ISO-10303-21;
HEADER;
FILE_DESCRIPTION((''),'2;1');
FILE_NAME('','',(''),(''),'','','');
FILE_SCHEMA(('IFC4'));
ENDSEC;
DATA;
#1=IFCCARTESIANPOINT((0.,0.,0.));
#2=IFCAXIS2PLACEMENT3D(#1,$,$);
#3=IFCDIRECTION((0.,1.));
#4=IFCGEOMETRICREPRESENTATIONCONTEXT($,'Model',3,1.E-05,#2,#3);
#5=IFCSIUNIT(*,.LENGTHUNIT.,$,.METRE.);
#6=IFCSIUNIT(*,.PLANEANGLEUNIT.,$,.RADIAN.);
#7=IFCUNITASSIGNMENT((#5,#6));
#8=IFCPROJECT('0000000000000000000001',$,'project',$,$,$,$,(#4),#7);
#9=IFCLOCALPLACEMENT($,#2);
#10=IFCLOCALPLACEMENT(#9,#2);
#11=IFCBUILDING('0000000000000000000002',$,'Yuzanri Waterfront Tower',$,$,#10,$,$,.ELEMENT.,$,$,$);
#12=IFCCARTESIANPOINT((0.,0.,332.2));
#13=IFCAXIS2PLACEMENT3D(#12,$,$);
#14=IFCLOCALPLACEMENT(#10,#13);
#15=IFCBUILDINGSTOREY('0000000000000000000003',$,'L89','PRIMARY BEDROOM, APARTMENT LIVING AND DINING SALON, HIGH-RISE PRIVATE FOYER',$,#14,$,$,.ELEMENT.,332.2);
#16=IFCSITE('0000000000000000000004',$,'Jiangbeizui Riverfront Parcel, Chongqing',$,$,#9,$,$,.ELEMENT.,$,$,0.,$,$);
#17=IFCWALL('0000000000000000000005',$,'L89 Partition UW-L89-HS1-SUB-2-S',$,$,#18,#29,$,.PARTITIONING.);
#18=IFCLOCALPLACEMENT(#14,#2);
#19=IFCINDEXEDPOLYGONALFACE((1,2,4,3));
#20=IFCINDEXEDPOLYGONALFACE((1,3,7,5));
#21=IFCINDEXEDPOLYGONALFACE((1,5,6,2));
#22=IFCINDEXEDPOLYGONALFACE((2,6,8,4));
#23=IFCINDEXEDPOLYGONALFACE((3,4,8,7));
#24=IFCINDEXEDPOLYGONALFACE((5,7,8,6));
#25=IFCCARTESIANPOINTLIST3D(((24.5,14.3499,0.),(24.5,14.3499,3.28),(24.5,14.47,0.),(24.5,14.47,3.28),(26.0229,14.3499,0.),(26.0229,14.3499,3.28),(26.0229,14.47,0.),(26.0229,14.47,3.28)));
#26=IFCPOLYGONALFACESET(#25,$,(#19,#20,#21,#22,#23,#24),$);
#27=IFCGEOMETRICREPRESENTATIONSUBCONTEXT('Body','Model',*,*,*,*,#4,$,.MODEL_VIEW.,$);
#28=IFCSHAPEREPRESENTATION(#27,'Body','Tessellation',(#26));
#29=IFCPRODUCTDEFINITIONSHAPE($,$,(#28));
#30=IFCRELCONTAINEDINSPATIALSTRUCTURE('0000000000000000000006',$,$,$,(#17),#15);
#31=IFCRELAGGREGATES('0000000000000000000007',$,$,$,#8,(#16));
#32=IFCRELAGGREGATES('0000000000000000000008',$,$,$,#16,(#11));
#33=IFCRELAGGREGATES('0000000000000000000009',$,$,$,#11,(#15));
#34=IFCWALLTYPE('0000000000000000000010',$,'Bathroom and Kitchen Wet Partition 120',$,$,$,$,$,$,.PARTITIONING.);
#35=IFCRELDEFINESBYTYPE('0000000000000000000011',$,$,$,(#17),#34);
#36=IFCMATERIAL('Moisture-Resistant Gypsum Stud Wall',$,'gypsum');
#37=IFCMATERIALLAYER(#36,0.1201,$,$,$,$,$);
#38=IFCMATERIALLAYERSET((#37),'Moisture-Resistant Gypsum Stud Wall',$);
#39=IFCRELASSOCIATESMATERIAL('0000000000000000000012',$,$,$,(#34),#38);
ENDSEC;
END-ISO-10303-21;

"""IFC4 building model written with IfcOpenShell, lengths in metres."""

from ifc_helpers import new_model, si_unit, direction, frame, frame_2d, origin, place, context, subcontext, project, spatial, rectangle, extrude, source, transform, mapped, material, layer, layer_set, type_object, element, save


model = new_model("IFC4")

# Units and contexts
model_context = context("Model", 3, precision=1e-05, world=origin(), true_north=direction((0.0, 1.0)))
body_context = subcontext(model_context, "Body", "Model", "MODEL_VIEW")
ifc_project = project(units=[si_unit("LENGTHUNIT", "METRE"), si_unit("PLANEANGLEUNIT", "RADIAN")], contexts=[model_context])

# Site, building, storey
site_placement = place(None, origin())
site = spatial("IfcSite", under=ifc_project, at=site_placement, Name="Jiangbeizui Riverfront Parcel, Chongqing", CompositionType="ELEMENT", RefElevation=0.0)
building_placement = place(site_placement, origin())
building = spatial("IfcBuilding", under=site, at=building_placement, Name="Yuzanri Waterfront Tower", CompositionType="ELEMENT")
storey_placement = place(building_placement, frame((0.0, 0.0, 332.2)))
storey = spatial("IfcBuildingStorey", under=building, at=storey_placement, Name="L89", Description="PRIMARY BEDROOM, APARTMENT LIVING AND DINING SALON, HIGH-RISE PRIVATE FOYER", CompositionType="ELEMENT", Elevation=332.2)

# Shared definitions
ifc_material_1 = material(Name="Moisture-Resistant Gypsum Stud Wall", Category="gypsum")
ifc_layer_1 = layer(ifc_material_1, 0.1201)
ifc_layer_set_1 = layer_set([ifc_layer_1], Name="Moisture-Resistant Gypsum Stud Wall")
wall_type_1 = type_object("IfcWallType", Name="Bathroom and Kitchen Wet Partition 120", PredefinedType="PARTITIONING", material=ifc_layer_set_1)

# Wall
shared_shape_1 = source(origin(), body_context, "Body", "SweptSolid", [
    extrude(rectangle(XDim=1.5229, YDim=0.1201, at=frame_2d((0.7615, 0.0))), origin(), (0.0, 0.0, 1.0), 3.28),
])
wall_1_placement = place(storey_placement, frame((24.5, 14.4099, 0.0), z_axis=(0.0, 0.0, 1.0), x_axis=(1.0, 0.0, 0.0)))
element("IfcWall", 1, at=wall_1_placement, inside=storey, type_object=wall_type_1, Name="L89 Partition UW-L89-HS1-SUB-2-S", PredefinedType="PARTITIONING", context=body_context, shape_type="MappedRepresentation", body=[
    mapped(shared_shape_1, transform((0.0, 0.0, 0.0), scale=1.0)),
])

save(model, "model.ifc")
